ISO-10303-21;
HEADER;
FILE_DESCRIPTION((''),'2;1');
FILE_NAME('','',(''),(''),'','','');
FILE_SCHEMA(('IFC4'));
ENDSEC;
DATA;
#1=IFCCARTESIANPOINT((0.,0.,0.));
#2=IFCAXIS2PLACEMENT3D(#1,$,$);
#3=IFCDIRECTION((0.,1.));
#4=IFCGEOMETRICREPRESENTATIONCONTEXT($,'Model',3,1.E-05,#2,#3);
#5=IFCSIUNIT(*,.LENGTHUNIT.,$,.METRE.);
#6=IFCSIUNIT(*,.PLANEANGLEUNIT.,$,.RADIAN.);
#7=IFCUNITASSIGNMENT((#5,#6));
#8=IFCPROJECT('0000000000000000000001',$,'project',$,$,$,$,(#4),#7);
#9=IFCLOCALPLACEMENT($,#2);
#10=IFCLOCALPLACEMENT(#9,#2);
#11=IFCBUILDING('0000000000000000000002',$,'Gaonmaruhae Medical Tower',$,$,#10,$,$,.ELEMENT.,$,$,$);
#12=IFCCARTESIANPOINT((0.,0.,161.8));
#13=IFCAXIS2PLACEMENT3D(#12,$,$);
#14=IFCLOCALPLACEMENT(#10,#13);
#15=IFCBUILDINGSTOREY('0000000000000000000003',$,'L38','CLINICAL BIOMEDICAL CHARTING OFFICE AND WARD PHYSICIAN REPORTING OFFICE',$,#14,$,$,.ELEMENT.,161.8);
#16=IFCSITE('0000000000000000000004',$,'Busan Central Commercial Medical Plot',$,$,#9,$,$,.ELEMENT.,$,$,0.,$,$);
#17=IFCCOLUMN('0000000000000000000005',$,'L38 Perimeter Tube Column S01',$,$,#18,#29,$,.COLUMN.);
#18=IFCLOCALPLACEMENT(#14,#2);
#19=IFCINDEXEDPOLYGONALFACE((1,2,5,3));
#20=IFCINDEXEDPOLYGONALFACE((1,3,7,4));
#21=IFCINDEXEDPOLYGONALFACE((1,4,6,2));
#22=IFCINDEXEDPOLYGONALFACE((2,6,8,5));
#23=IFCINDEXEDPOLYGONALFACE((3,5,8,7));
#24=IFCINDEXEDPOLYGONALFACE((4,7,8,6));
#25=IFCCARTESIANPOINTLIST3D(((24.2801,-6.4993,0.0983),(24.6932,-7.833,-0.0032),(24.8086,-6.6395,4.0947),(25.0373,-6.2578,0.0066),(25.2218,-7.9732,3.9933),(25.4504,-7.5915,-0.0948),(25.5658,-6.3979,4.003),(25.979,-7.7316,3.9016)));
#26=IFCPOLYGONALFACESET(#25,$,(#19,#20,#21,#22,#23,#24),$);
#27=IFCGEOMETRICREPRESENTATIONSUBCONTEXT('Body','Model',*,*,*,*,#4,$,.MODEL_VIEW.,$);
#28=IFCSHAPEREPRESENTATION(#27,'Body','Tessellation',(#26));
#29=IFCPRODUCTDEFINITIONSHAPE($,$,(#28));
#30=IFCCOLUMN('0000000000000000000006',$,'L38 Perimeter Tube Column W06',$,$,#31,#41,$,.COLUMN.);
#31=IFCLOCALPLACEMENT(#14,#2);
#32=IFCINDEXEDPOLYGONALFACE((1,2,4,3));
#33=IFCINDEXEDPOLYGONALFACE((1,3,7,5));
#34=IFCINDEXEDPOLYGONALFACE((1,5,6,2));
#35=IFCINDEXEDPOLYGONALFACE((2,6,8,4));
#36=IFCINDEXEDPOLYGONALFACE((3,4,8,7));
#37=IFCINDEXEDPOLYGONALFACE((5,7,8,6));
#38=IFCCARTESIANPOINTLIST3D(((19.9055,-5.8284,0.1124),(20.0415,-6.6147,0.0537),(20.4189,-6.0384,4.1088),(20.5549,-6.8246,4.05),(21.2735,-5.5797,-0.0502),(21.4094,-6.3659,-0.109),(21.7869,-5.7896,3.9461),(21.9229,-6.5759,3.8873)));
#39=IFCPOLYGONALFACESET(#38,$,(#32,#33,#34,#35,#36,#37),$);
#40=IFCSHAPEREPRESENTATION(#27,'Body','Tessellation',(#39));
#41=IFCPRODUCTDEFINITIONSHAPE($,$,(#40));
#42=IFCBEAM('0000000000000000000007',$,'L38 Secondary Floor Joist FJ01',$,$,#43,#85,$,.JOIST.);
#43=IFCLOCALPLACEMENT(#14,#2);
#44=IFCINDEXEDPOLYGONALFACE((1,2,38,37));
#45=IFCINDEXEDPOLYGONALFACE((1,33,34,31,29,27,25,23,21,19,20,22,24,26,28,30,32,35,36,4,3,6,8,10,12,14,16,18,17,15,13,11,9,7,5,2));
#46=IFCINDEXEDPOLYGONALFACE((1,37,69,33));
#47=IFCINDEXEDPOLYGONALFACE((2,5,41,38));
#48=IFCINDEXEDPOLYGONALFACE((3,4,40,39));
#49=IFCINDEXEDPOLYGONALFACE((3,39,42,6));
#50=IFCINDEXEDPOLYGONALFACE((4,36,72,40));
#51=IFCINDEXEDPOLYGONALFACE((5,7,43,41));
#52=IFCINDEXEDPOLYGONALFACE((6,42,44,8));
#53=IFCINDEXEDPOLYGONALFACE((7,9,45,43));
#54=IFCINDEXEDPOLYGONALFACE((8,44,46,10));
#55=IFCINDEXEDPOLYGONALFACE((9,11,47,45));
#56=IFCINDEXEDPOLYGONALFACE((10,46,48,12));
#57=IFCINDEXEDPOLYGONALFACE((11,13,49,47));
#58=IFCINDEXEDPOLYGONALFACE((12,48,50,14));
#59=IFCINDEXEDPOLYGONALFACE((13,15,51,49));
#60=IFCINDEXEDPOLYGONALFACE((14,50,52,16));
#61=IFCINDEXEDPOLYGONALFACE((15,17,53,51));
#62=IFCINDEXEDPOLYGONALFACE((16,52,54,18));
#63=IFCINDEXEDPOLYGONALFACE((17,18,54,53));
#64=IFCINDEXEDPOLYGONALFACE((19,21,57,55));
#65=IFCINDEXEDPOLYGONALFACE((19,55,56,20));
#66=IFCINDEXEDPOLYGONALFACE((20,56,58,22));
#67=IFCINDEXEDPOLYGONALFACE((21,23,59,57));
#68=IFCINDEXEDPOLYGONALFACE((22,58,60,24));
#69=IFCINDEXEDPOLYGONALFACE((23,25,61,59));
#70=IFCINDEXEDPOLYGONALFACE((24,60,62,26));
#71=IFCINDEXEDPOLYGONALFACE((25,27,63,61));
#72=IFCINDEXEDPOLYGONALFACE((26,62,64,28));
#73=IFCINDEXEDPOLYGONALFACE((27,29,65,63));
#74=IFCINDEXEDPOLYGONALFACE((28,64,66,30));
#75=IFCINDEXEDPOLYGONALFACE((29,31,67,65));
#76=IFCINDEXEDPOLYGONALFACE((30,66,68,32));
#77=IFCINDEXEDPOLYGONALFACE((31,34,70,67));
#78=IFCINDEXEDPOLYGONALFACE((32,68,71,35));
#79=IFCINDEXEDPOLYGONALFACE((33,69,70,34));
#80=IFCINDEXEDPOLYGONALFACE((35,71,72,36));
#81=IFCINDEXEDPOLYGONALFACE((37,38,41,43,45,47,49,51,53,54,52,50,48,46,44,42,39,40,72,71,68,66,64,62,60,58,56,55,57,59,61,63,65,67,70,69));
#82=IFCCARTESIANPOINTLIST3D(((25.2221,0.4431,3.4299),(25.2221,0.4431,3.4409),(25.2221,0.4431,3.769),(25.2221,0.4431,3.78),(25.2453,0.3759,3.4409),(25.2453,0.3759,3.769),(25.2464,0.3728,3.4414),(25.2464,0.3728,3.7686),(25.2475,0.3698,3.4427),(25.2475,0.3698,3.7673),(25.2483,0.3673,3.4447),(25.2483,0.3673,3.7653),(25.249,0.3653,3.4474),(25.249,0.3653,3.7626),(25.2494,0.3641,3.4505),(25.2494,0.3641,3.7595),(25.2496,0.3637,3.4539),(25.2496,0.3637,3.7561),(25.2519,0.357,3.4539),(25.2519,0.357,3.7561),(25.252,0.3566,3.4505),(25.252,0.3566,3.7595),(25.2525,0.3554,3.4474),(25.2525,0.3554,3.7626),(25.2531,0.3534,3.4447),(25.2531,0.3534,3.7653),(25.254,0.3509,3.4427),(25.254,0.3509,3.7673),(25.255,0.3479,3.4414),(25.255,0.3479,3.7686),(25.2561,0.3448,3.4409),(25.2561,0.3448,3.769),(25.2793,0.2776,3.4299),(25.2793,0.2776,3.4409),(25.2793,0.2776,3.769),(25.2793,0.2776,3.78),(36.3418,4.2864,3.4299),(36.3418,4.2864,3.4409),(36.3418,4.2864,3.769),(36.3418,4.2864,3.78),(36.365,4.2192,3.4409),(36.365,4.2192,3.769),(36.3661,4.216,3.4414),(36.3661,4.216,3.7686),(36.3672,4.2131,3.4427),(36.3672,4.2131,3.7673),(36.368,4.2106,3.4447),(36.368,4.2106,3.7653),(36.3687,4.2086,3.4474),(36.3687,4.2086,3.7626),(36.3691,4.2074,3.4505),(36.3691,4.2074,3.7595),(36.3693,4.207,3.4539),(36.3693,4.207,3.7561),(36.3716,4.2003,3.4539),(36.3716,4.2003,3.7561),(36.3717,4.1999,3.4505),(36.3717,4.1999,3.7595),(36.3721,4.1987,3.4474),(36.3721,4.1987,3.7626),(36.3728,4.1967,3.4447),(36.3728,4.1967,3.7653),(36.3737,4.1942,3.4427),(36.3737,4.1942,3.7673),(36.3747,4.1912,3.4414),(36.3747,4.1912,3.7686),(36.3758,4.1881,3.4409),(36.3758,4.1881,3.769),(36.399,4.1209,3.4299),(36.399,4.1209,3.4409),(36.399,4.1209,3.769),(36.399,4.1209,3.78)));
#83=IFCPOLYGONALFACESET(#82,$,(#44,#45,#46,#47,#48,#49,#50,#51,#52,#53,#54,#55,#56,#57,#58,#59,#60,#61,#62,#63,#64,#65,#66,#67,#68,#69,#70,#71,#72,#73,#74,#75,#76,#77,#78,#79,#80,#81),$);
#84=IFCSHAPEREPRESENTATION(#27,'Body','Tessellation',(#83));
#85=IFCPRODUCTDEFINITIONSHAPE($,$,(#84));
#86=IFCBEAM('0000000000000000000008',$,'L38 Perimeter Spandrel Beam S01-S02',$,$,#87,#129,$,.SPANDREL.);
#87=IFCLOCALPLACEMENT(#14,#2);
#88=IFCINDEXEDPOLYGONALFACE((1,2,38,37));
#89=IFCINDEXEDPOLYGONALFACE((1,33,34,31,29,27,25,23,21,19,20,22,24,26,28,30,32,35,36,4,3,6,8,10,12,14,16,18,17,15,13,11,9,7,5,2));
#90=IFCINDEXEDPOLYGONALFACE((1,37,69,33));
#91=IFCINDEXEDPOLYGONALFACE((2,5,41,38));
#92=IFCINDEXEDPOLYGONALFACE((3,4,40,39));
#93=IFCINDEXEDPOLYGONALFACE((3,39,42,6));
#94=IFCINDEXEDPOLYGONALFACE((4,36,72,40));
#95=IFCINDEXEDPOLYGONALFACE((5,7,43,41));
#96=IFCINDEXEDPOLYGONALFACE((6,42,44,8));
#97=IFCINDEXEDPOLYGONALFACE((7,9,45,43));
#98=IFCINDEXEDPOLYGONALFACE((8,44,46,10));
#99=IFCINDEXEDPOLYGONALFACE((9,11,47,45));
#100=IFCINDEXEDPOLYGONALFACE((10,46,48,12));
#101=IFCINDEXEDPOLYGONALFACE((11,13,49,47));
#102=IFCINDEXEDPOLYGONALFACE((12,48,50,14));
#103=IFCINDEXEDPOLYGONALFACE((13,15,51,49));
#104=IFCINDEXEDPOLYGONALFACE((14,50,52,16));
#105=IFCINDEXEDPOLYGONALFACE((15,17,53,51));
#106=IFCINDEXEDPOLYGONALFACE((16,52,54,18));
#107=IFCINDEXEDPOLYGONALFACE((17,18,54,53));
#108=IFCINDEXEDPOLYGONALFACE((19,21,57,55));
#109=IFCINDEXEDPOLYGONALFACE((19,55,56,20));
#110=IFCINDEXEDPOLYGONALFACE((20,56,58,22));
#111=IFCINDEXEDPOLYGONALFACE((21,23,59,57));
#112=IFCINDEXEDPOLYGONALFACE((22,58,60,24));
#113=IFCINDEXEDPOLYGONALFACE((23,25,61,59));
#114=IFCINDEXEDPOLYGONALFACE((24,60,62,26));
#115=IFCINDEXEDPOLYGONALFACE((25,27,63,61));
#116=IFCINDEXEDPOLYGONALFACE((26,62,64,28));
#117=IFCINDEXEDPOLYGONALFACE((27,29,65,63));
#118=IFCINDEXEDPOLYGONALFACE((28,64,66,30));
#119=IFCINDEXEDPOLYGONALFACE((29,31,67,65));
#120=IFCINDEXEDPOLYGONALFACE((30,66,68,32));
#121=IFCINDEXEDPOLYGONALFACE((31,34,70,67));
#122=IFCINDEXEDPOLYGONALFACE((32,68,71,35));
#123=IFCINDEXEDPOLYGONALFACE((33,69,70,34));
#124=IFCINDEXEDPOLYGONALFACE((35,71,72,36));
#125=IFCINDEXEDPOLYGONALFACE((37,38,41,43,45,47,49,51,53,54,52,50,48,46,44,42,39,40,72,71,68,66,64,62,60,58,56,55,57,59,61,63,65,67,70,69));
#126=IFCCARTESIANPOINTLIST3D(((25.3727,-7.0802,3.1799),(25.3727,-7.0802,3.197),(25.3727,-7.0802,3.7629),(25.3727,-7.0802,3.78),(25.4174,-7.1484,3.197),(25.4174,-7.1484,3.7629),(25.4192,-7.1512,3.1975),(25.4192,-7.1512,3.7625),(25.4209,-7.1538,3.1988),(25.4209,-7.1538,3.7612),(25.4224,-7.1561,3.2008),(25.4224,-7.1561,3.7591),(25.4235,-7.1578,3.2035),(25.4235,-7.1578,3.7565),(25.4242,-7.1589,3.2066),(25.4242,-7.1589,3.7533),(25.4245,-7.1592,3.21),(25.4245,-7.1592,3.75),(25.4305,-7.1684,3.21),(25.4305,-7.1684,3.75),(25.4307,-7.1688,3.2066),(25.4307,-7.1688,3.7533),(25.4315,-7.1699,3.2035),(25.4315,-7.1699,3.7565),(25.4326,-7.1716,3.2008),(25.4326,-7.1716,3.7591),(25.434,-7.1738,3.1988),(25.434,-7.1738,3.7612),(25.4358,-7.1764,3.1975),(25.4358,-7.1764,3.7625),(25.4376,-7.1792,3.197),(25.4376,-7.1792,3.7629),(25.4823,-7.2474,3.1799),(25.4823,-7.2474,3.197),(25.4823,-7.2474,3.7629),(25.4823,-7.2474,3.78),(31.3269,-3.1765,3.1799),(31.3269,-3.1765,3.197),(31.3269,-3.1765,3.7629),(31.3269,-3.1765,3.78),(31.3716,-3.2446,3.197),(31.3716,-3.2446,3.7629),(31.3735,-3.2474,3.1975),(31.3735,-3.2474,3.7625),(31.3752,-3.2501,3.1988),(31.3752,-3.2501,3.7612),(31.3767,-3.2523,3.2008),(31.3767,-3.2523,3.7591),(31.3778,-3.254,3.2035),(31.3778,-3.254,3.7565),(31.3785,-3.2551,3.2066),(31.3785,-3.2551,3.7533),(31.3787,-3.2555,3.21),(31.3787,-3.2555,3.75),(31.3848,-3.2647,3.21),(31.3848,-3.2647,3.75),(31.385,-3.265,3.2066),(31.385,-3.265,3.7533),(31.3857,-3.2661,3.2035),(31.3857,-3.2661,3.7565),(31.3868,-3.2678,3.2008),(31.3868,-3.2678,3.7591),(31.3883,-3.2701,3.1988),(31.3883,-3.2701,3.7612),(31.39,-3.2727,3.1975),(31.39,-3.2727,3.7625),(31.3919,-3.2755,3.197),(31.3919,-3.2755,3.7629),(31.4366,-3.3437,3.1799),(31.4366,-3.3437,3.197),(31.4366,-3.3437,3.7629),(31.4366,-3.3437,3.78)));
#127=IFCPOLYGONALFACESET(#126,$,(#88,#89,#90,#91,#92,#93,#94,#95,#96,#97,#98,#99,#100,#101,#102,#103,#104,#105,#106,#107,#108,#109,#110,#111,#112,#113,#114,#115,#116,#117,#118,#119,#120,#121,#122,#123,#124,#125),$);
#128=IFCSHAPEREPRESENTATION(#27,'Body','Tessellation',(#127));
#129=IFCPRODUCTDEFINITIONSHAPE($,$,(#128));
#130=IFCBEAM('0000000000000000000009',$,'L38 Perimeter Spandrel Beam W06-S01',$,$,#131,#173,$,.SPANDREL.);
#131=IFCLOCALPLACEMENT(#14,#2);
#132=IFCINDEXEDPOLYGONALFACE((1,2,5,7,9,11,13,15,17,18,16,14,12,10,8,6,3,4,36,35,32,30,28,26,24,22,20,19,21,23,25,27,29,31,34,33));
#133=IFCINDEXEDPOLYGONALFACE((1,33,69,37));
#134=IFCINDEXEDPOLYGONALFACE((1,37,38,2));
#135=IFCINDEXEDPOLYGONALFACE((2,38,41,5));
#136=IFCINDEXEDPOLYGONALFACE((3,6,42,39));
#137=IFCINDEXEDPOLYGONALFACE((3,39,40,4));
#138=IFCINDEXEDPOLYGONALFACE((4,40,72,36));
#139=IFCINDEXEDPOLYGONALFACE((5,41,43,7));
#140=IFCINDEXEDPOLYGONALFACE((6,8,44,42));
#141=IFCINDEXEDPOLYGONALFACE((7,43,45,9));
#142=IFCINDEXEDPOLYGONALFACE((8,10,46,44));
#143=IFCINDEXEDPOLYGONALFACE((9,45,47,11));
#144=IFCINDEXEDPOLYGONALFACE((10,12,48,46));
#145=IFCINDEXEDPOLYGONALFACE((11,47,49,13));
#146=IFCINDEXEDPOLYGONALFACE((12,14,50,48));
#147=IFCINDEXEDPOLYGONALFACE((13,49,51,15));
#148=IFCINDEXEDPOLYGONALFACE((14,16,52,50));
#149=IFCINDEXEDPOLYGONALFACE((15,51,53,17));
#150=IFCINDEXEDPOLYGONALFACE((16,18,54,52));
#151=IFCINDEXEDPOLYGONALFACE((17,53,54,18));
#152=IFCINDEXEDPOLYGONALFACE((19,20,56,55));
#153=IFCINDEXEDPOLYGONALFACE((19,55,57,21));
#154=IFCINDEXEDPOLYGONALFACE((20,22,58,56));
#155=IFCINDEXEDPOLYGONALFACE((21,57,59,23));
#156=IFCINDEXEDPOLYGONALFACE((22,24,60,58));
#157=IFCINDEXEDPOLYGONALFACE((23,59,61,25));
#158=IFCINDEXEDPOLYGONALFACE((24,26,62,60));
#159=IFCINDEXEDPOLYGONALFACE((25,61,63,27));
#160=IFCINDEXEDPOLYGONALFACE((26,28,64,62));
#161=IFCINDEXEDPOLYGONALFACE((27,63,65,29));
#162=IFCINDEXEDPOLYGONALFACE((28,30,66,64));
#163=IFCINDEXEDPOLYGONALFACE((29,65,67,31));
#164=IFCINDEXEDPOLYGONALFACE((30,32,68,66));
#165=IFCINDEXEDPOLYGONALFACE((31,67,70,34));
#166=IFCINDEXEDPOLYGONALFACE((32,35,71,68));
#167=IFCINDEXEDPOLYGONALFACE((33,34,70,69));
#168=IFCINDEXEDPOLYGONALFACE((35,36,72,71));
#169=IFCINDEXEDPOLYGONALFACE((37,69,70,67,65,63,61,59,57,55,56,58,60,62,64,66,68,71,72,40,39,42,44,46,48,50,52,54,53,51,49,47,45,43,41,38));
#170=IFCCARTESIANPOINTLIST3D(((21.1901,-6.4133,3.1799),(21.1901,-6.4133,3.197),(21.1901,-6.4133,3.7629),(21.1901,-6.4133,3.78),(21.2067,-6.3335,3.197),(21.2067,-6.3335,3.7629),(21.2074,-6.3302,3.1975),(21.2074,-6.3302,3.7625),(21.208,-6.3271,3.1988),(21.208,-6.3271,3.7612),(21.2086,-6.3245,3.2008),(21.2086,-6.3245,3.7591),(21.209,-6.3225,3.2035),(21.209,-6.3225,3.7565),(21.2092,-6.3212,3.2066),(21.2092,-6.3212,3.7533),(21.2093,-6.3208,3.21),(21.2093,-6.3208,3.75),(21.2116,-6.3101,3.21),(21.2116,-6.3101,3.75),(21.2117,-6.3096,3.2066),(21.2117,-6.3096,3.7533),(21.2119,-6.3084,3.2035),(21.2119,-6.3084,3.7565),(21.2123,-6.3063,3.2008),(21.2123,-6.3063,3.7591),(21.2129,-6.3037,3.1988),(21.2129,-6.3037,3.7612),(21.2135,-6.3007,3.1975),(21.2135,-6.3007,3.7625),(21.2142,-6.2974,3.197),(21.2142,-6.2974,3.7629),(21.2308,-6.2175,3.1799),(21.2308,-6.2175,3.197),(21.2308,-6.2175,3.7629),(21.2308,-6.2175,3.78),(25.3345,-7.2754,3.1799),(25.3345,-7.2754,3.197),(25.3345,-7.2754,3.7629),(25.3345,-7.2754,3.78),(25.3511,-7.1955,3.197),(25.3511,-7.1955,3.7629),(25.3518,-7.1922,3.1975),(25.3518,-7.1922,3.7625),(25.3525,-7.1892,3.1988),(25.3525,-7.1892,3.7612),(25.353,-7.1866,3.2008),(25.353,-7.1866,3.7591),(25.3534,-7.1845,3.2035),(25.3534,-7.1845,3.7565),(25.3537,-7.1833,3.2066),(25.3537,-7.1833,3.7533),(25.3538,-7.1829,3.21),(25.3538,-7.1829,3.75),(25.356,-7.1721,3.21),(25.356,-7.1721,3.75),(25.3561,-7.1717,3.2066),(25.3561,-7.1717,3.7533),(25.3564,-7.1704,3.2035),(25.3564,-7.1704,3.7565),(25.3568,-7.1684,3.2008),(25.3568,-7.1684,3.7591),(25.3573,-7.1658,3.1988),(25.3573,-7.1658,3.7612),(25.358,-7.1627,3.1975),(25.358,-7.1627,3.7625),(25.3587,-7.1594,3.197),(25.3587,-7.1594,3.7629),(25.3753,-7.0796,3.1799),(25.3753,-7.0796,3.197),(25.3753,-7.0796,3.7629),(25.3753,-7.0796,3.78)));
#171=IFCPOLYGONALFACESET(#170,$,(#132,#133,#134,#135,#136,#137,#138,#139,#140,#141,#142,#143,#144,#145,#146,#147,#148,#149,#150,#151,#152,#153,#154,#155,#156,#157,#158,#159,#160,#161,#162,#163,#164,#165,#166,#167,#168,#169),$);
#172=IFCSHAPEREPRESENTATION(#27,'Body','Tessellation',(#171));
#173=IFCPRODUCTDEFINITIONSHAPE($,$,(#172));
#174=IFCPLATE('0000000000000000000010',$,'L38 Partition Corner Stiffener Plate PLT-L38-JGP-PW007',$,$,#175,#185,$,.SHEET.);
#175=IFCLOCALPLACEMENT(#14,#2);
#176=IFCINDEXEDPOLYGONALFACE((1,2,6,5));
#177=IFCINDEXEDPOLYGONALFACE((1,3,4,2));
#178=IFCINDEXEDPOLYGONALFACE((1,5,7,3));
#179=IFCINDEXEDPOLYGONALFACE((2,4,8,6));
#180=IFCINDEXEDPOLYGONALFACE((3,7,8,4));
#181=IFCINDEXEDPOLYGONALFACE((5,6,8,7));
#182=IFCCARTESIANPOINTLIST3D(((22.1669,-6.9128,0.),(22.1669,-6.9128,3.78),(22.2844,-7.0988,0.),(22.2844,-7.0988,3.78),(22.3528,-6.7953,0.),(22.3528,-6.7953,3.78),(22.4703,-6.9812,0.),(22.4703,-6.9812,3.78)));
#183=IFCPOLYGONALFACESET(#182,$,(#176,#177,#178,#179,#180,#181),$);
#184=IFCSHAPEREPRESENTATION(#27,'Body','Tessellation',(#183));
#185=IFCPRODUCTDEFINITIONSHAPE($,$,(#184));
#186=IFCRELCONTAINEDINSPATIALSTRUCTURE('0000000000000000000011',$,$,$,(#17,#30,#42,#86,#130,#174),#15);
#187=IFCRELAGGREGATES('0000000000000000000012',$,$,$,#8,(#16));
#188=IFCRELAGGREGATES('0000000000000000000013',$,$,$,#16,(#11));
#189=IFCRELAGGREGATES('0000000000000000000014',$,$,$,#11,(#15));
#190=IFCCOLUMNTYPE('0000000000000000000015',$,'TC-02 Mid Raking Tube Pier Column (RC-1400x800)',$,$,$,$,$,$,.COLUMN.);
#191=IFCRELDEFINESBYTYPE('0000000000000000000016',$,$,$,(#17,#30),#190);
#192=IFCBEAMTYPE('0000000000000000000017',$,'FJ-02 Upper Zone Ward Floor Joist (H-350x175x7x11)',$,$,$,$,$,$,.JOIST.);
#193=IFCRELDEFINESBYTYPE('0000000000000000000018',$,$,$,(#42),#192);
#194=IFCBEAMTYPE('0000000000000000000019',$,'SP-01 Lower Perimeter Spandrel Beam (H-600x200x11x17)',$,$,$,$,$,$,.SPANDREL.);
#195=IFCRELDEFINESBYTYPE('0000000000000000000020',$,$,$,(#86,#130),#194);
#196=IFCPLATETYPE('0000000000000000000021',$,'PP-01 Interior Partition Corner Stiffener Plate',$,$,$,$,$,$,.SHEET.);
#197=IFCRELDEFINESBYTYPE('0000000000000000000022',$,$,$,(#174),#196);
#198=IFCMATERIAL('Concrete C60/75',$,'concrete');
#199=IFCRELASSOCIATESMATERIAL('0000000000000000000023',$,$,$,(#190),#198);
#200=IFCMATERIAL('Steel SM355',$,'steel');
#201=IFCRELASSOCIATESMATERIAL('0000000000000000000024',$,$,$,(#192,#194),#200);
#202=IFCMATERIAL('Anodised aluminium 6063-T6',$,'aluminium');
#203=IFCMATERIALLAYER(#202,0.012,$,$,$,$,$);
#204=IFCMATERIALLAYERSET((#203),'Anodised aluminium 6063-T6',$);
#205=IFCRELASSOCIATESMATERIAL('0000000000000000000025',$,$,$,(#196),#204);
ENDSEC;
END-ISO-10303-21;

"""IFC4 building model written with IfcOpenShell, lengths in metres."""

from ifc_helpers import new_model, si_unit, direction, frame, origin, origin_2d, place, context, subcontext, project, spatial, rectangle, i_section, extrude, material, layer, layer_set, material_profile, profile_set, type_object, element, save


model = new_model("IFC4")

# Units and contexts
model_context = context("Model", 3, precision=1e-05, world=origin(), true_north=direction((0.0, 1.0)))
body_context = subcontext(model_context, "Body", "Model", "MODEL_VIEW")
ifc_project = project(units=[si_unit("LENGTHUNIT", "METRE"), si_unit("PLANEANGLEUNIT", "RADIAN")], contexts=[model_context])

# Site, building, storey
site_placement = place(None, origin())
site = spatial("IfcSite", under=ifc_project, at=site_placement, Name="Busan Central Commercial Medical Plot", CompositionType="ELEMENT", RefElevation=0.0)
building_placement = place(site_placement, origin())
building = spatial("IfcBuilding", under=site, at=building_placement, Name="Gaonmaruhae Medical Tower", CompositionType="ELEMENT")
storey_placement = place(building_placement, frame((0.0, 0.0, 161.8)))
storey = spatial("IfcBuildingStorey", under=building, at=storey_placement, Name="L38", Description="CLINICAL BIOMEDICAL CHARTING OFFICE AND WARD PHYSICIAN REPORTING OFFICE", CompositionType="ELEMENT", Elevation=161.8)

# Columns
ifc_material_1 = material(Name="Concrete C60/75", Category="concrete")
ifc_material_profile_1 = material_profile(ifc_material_1, rectangle(XDim=1.3999, YDim=0.8, at=origin_2d()), Name="RC-1400x800")
ifc_profile_set_1 = profile_set([ifc_material_profile_1], Name="Concrete C60/75")
column_type = type_object("IfcColumnType", Name="TC-02 Mid Raking Tube Pier Column (RC-1400x800)", PredefinedType="COLUMN", material=ifc_profile_set_1)
column_1_placement = place(storey_placement, frame((24.8652, -7.0454, 0.0017), z_axis=(0.131041, -0.034743, 0.990768), x_axis=(-0.295121, 0.95271, 0.072441)))
element("IfcColumn", 1, at=column_1_placement, inside=storey, type_object=column_type, Name="L38 Perimeter Tube Column S01", PredefinedType="COLUMN", context=body_context, shape_type="SweptSolid", body=[
    extrude(rectangle(XDim=1.3999, YDim=0.8, at=origin_2d()), origin(), (0.0, 0.0, 1.0), 4.0337),
])
column_2_placement = place(storey_placement, frame((20.6575, -6.0972, 0.0017), z_axis=(0.127255, -0.052039, 0.990504), x_axis=(-0.977201, -0.17769, 0.11621)))
element("IfcColumn", 2, at=column_2_placement, inside=storey, type_object=column_type, Name="L38 Perimeter Tube Column W06", PredefinedType="COLUMN", context=body_context, shape_type="SweptSolid", body=[
    extrude(rectangle(XDim=1.3999, YDim=0.8, at=origin_2d()), origin(), (0.0, 0.0, 1.0), 4.0347),
])

# Beams
ifc_material_2 = material(Name="Steel SM355", Category="steel")
ifc_material_profile_2 = material_profile(ifc_material_2, i_section(OverallWidth=0.175, OverallDepth=0.3501, WebThickness=0.0071, FlangeThickness=0.011, FilletRadius=0.0129, at=origin_2d()), Name="H-350x175x7x11")
ifc_profile_set_2 = profile_set([ifc_material_profile_2], Name="Steel SM355")
beam_type_1 = type_object("IfcBeamType", Name="FJ-02 Upper Zone Ward Floor Joist (H-350x175x7x11)", PredefinedType="JOIST", material=ifc_profile_set_2)
beam_1_placement = place(storey_placement, frame((25.2507, 0.3604, 3.605), z_axis=(0.945139, 0.326667, 0.0), x_axis=(-0.326667, 0.945139, 0.0)))
element("IfcBeam", 3, at=beam_1_placement, inside=storey, type_object=beam_type_1, Name="L38 Secondary Floor Joist FJ01", PredefinedType="JOIST", context=body_context, shape_type="SweptSolid", body=[
    extrude(i_section(OverallWidth=0.175, OverallDepth=0.3501, WebThickness=0.0071, FlangeThickness=0.011, FilletRadius=0.0129, at=origin_2d()), origin(), (0.0, 0.0, 1.0), 11.7651),
])
ifc_material_profile_3 = material_profile(ifc_material_2, i_section(OverallWidth=0.2, OverallDepth=0.6001, WebThickness=0.011, FlangeThickness=0.0171, FilletRadius=0.0129, at=origin_2d()), Name="H-600x200x11x17")
ifc_profile_set_3 = profile_set([ifc_material_profile_3], Name="Steel SM355")
beam_type_2 = type_object("IfcBeamType", Name="SP-01 Lower Perimeter Spandrel Beam (H-600x200x11x17)", PredefinedType="SPANDREL", material=ifc_profile_set_3)
beam_2_placement = place(storey_placement, frame((25.4275, -7.1638, 3.48), z_axis=(0.836288, 0.54829, 0.0), x_axis=(-0.54829, 0.836288, 0.0)))
element("IfcBeam", 4, at=beam_2_placement, inside=storey, type_object=beam_type_2, Name="L38 Perimeter Spandrel Beam S01-S02", PredefinedType="SPANDREL", context=body_context, shape_type="SweptSolid", body=[
    extrude(i_section(OverallWidth=0.2, OverallDepth=0.6001, WebThickness=0.011, FlangeThickness=0.0171, FilletRadius=0.0129, at=origin_2d()), origin(), (0.0, 0.0, 1.0), 7.1199),
])
beam_3_placement = place(storey_placement, frame((21.2104, -6.3154, 3.48), z_axis=(0.979046, -0.203641, 0.0), x_axis=(0.203641, 0.979046, 0.0)))
element("IfcBeam", 5, at=beam_3_placement, inside=storey, type_object=beam_type_2, Name="L38 Perimeter Spandrel Beam W06-S01", PredefinedType="SPANDREL", context=body_context, shape_type="SweptSolid", body=[
    extrude(i_section(OverallWidth=0.2, OverallDepth=0.6001, WebThickness=0.011, FlangeThickness=0.0171, FilletRadius=0.0129, at=origin_2d()), origin(), (0.0, 0.0, 1.0), 4.2332),
])

# Plate
ifc_material_3 = material(Name="Anodised aluminium 6063-T6", Category="aluminium")
ifc_layer_1 = layer(ifc_material_3, 0.012)
ifc_layer_set_1 = layer_set([ifc_layer_1], Name="Anodised aluminium 6063-T6")
plate_type = type_object("IfcPlateType", Name="PP-01 Interior Partition Corner Stiffener Plate", PredefinedType="SHEET", material=ifc_layer_set_1)
for number, where, z_axis, x_axis, name in (
    (6, (22.3186, -6.947, 0.0), (0.0, 0.0, 1.0), (-0.53419, 0.845364, 0.0), "L38 Partition Corner Stiffener Plate PLT-L38-JGP-PW007"),
):
    element("IfcPlate", number, at=place(storey_placement, frame(where, z_axis=z_axis, x_axis=x_axis)), inside=storey, type_object=plate_type, Name=name, PredefinedType="SHEET", context=body_context, shape_type="SweptSolid", body=[
        extrude(rectangle(XDim=0.22, YDim=0.22, at=origin_2d()), origin(), (0.0, 0.0, 1.0), 3.78),
    ])

save(model, "model.ifc")
